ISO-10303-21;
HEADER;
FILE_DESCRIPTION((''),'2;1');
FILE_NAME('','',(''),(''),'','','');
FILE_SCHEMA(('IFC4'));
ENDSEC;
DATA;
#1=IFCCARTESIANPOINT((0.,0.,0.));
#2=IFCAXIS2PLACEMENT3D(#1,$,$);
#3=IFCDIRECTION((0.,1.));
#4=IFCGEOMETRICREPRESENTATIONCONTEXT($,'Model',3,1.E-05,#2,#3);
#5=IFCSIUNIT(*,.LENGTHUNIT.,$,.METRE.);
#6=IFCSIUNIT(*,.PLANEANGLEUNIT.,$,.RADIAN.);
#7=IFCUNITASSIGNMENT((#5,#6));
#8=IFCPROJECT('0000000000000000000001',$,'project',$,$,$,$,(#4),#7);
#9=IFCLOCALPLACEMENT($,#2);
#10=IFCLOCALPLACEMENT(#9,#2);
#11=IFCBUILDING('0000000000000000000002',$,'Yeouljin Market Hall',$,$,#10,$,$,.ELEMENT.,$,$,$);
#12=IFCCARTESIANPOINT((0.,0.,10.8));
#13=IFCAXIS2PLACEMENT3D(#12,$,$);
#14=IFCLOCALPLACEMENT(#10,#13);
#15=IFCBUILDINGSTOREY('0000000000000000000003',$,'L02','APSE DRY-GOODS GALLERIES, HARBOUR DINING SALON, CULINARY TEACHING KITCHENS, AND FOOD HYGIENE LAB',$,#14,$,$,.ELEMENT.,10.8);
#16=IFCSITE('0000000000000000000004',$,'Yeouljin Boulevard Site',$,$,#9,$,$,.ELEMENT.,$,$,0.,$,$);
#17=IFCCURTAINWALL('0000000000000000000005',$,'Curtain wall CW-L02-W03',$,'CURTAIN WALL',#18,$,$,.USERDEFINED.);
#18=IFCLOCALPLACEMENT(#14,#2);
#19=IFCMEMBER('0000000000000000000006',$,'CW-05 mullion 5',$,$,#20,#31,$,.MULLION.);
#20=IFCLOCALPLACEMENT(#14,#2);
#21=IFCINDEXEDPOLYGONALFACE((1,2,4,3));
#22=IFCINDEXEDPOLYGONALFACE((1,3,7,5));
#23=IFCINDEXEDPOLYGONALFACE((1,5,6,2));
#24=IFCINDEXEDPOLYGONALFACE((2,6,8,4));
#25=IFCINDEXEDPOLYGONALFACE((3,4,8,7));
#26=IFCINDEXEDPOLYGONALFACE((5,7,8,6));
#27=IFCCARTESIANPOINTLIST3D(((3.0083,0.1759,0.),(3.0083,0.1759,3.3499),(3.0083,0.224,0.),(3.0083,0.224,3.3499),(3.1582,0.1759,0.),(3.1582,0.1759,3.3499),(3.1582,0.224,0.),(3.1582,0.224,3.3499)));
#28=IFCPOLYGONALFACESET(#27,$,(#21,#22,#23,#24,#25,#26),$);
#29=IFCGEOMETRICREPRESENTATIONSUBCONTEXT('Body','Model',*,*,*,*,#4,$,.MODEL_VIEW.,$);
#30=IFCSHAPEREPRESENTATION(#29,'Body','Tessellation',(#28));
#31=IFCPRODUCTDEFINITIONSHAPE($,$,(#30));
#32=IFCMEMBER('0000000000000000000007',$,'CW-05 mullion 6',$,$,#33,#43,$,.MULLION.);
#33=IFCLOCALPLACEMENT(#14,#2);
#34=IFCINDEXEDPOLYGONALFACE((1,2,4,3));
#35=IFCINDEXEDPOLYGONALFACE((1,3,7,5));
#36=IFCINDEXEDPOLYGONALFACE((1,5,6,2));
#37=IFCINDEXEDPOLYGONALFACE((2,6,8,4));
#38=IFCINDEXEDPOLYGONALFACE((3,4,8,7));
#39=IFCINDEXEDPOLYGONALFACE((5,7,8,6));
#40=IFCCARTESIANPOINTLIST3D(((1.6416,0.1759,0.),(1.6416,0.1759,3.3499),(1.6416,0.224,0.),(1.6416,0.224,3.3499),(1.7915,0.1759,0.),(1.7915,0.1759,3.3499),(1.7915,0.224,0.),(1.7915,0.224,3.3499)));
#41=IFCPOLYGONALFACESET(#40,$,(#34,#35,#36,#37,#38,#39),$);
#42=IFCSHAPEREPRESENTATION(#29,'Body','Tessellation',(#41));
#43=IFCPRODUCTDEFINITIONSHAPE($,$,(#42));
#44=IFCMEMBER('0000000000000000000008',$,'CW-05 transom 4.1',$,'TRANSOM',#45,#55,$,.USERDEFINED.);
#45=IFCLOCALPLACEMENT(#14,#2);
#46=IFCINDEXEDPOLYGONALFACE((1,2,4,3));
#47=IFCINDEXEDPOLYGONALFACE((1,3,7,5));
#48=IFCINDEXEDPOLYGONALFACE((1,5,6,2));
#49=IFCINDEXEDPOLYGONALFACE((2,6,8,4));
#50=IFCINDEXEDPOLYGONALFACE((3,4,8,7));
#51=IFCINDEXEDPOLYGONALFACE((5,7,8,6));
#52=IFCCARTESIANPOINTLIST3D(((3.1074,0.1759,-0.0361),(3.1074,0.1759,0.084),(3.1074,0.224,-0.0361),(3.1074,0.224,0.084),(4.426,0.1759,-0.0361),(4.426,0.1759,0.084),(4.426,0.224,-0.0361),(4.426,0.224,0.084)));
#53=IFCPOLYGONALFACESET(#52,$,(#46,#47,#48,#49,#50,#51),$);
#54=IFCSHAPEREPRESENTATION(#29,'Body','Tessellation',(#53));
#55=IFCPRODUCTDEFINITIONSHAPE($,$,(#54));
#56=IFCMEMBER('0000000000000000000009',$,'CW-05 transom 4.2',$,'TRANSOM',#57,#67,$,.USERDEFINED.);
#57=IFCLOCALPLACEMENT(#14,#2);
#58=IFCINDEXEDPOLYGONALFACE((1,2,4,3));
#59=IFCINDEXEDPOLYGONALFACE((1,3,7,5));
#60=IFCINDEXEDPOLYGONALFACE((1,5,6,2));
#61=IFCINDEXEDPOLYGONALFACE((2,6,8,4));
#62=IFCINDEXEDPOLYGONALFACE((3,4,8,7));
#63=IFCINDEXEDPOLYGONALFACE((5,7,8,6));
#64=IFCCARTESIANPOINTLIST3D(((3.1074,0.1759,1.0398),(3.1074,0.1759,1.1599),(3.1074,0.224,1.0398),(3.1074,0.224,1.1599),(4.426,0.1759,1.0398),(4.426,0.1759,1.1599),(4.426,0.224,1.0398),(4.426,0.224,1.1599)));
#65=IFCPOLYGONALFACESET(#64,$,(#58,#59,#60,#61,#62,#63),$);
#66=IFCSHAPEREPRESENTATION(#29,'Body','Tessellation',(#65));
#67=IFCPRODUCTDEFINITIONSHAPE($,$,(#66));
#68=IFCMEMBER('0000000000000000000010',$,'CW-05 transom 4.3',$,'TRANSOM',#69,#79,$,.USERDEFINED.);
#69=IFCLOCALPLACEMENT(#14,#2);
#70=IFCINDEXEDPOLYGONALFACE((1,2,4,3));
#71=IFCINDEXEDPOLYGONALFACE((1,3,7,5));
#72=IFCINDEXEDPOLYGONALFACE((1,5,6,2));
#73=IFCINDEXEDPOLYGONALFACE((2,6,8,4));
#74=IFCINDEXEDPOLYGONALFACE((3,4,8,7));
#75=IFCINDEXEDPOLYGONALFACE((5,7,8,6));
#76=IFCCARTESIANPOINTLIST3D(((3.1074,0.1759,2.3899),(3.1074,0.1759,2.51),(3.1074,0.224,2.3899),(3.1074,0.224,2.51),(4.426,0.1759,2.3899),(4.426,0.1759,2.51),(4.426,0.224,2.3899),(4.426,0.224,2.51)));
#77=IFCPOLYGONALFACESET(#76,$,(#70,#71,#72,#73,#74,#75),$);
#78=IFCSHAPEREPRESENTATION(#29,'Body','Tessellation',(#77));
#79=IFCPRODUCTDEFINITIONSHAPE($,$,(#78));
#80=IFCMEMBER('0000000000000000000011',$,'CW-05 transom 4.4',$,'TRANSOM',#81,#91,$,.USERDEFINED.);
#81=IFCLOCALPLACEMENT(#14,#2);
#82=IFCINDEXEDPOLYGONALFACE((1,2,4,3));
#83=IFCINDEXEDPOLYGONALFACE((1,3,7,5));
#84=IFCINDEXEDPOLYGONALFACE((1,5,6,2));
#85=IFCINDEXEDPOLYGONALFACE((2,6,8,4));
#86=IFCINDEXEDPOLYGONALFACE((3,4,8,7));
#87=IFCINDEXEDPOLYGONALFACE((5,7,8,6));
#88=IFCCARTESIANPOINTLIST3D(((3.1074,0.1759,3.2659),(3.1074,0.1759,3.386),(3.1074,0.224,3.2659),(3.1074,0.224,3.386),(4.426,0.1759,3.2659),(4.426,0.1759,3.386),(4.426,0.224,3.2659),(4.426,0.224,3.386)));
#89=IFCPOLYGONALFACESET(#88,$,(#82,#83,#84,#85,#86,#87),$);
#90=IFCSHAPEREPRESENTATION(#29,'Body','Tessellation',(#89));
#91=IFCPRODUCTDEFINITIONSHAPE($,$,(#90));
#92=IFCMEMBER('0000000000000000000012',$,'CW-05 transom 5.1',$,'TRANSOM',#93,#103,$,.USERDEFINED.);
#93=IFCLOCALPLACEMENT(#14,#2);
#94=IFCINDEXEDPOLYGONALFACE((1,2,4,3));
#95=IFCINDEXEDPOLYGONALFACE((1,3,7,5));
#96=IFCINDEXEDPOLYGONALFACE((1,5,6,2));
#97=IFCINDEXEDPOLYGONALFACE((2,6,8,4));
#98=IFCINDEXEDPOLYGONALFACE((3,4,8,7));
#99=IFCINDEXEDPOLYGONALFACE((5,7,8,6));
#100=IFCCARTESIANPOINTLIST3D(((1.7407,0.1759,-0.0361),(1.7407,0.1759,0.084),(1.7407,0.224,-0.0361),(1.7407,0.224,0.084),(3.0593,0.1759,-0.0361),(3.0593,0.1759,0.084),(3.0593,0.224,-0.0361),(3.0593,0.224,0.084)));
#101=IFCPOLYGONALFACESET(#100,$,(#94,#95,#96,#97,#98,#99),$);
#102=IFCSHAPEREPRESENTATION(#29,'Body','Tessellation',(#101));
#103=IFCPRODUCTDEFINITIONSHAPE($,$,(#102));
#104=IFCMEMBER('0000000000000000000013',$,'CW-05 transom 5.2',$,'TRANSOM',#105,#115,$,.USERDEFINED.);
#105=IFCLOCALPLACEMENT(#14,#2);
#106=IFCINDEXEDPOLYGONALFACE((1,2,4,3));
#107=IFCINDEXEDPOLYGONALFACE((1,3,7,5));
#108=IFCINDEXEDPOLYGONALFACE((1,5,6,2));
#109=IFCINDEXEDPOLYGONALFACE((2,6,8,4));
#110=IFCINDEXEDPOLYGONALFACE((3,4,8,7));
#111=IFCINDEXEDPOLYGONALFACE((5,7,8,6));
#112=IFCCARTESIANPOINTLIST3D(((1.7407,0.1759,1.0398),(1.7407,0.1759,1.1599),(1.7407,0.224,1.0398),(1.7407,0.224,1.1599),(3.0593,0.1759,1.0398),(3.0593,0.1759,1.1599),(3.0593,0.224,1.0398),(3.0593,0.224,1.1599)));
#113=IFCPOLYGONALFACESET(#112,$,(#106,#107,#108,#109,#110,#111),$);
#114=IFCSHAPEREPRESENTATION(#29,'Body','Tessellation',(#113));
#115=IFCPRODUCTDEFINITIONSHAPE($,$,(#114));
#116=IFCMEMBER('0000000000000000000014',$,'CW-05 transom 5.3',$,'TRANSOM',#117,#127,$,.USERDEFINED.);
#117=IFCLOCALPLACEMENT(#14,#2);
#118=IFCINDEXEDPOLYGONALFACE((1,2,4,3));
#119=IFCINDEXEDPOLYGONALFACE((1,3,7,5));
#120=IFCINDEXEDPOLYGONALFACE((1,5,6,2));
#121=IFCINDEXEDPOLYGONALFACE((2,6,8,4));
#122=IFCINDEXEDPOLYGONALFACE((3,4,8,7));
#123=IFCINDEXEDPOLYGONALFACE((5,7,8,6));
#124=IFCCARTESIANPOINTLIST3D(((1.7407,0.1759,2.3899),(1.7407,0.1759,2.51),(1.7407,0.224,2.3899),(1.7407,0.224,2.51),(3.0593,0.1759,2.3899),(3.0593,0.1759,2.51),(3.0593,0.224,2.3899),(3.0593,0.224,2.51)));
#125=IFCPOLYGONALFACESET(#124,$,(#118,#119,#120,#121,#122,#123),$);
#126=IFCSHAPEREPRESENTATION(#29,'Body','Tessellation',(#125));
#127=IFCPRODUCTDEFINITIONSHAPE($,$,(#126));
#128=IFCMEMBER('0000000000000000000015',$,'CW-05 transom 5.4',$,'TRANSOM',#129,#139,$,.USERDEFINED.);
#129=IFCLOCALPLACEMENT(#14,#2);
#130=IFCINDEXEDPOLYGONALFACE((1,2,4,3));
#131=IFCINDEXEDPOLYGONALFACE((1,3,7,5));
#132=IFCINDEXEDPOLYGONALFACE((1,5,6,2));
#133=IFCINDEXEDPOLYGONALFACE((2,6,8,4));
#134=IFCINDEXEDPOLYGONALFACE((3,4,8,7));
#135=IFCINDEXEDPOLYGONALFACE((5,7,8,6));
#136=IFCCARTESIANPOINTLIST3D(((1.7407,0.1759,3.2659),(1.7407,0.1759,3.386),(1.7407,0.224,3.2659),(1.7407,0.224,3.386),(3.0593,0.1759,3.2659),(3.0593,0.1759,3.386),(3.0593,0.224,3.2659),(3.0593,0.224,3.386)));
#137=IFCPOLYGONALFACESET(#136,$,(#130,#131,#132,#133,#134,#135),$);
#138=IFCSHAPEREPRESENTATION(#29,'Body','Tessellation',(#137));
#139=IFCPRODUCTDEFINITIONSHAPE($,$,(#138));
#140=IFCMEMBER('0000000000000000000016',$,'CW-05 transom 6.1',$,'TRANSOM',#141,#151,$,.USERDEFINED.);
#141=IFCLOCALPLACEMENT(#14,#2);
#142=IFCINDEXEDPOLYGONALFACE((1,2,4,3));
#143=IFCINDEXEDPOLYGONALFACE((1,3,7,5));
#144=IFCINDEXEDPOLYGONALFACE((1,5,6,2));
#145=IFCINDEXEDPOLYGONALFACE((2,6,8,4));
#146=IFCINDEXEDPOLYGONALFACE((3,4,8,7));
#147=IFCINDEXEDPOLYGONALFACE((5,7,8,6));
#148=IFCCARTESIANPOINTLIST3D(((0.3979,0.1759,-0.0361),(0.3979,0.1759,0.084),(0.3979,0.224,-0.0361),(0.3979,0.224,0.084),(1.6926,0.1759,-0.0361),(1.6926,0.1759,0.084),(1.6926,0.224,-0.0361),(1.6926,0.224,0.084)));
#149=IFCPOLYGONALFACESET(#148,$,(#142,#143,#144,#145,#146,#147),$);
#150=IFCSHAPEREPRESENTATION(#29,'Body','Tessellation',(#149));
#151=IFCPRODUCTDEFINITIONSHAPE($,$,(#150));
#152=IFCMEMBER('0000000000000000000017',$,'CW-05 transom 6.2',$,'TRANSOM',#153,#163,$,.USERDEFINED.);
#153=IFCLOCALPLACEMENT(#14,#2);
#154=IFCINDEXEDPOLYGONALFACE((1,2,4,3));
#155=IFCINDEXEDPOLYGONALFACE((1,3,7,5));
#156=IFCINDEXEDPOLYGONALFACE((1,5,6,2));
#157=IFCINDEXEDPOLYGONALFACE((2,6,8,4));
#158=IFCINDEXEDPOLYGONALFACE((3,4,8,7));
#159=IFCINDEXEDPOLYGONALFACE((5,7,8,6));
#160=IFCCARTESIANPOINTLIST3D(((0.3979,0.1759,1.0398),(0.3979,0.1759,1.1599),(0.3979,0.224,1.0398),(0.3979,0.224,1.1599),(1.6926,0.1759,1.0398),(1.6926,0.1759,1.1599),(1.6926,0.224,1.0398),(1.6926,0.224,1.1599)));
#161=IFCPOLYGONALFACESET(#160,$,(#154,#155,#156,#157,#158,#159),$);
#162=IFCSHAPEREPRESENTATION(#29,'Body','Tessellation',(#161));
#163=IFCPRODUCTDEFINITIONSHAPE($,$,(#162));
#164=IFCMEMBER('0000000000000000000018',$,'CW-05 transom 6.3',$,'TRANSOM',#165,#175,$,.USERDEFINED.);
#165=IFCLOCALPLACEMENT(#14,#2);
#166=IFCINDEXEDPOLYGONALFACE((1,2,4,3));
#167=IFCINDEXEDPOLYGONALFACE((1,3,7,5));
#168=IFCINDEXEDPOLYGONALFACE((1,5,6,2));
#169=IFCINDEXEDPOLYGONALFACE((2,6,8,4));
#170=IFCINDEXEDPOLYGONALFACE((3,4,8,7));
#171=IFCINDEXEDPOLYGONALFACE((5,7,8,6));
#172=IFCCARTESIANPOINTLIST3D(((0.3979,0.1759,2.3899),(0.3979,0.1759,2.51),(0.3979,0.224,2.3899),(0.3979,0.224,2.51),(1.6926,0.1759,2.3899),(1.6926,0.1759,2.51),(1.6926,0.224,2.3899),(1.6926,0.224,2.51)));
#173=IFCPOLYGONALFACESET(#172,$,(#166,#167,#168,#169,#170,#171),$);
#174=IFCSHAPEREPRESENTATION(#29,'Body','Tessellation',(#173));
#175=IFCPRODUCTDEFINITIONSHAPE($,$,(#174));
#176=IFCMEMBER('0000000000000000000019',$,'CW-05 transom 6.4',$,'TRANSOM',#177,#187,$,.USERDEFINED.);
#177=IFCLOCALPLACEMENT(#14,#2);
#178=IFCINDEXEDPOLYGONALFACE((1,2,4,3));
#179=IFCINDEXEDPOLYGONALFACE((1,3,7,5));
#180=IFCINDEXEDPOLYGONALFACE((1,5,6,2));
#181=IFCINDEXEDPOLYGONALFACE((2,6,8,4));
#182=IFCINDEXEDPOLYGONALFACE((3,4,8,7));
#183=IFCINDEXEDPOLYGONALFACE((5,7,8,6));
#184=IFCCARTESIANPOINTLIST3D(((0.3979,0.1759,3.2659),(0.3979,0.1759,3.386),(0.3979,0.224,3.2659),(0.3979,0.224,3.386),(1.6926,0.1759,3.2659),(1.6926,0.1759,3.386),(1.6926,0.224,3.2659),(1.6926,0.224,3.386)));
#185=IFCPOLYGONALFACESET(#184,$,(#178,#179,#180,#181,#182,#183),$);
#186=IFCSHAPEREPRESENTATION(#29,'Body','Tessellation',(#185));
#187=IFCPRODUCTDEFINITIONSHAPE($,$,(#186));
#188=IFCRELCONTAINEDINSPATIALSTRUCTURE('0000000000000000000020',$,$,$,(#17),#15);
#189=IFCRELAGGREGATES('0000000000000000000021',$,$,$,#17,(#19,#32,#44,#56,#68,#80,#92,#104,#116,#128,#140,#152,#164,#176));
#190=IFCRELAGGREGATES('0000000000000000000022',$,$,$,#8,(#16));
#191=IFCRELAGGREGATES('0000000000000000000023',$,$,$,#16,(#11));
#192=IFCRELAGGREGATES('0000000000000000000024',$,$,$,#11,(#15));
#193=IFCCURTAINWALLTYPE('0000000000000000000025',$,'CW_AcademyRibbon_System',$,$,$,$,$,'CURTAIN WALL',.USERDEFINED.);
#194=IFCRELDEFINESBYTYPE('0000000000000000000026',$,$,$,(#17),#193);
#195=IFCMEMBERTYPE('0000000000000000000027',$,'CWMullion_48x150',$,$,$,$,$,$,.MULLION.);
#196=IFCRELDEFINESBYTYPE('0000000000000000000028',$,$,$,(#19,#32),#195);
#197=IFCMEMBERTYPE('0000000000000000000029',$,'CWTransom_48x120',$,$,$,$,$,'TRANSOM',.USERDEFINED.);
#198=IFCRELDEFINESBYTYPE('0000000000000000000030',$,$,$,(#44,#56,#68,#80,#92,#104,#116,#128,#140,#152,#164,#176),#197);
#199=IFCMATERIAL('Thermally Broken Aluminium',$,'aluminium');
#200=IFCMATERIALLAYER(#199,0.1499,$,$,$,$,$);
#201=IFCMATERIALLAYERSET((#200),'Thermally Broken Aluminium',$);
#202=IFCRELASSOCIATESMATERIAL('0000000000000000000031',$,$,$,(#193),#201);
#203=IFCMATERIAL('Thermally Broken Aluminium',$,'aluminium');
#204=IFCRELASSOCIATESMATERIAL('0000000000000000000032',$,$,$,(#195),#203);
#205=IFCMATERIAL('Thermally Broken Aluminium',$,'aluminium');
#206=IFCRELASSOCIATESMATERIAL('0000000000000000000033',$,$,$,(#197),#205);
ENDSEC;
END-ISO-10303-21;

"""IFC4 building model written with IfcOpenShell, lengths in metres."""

from ifc_helpers import new_model, si_unit, direction, frame, origin, origin_2d, place, context, subcontext, project, spatial, rectangle, extrude, material, layer, layer_set, material_profile, profile_set, type_object, element, aggregate, save


model = new_model("IFC4")

# Units and contexts
model_context = context("Model", 3, precision=1e-05, world=origin(), true_north=direction((0.0, 1.0)))
body_context = subcontext(model_context, "Body", "Model", "MODEL_VIEW")
ifc_project = project(units=[si_unit("LENGTHUNIT", "METRE"), si_unit("PLANEANGLEUNIT", "RADIAN")], contexts=[model_context])

# Site, building, storey
site_placement = place(None, origin())
site = spatial("IfcSite", under=ifc_project, at=site_placement, Name="Yeouljin Boulevard Site", CompositionType="ELEMENT", RefElevation=0.0)
building_placement = place(site_placement, origin())
building = spatial("IfcBuilding", under=site, at=building_placement, Name="Yeouljin Market Hall", CompositionType="ELEMENT")
storey_placement = place(building_placement, frame((0.0, 0.0, 10.8)))
storey = spatial("IfcBuildingStorey", under=building, at=storey_placement, Name="L02", Description="APSE DRY-GOODS GALLERIES, HARBOUR DINING SALON, CULINARY TEACHING KITCHENS, AND FOOD HYGIENE LAB", CompositionType="ELEMENT", Elevation=10.8)

# Curtain wall, members
ifc_material_1 = material(Name="Thermally Broken Aluminium", Category="aluminium")
ifc_layer_1 = layer(ifc_material_1, 0.1499)
ifc_layer_set_1 = layer_set([ifc_layer_1], Name="Thermally Broken Aluminium")
curtain_wall_type = type_object("IfcCurtainWallType", Name="CW_AcademyRibbon_System", ElementType="CURTAIN WALL", PredefinedType="USERDEFINED", material=ifc_layer_set_1)
curtain_wall_placement = place(storey_placement, origin())
curtain_wall = element("IfcCurtainWall", 1, at=curtain_wall_placement, inside=storey, type_object=curtain_wall_type, Name="Curtain wall CW-L02-W03", ObjectType="CURTAIN WALL", PredefinedType="USERDEFINED")
ifc_material_2 = material(Name="Thermally Broken Aluminium", Category="aluminium")
ifc_material_profile_1 = material_profile(ifc_material_2, rectangle(XDim=0.0481, YDim=0.1499, at=origin_2d()), Name="CW-MULL-48x150")
ifc_profile_set_1 = profile_set([ifc_material_profile_1], Name="Thermally Broken Aluminium")
member_type_1 = type_object("IfcMemberType", Name="CWMullion_48x150", PredefinedType="MULLION", material=ifc_profile_set_1)
member_1_placement = place(storey_placement, frame((3.0833, 0.2, 0.0), z_axis=(0.0, 0.0, 1.0), x_axis=(0.0, -1.0, 0.0)))
member_1 = element("IfcMember", 2, at=member_1_placement, type_object=member_type_1, Name="CW-05 mullion 5", PredefinedType="MULLION", context=body_context, shape_type="SweptSolid", body=[
    extrude(rectangle(XDim=0.0481, YDim=0.1499, at=origin_2d()), origin(), (0.0, 0.0, 1.0), 3.3499),
])
member_2_placement = place(storey_placement, frame((1.7166, 0.2, 0.0), z_axis=(0.0, 0.0, 1.0), x_axis=(0.0, -1.0, 0.0)))
member_2 = element("IfcMember", 3, at=member_2_placement, type_object=member_type_1, Name="CW-05 mullion 6", PredefinedType="MULLION", context=body_context, shape_type="SweptSolid", body=[
    extrude(rectangle(XDim=0.0481, YDim=0.1499, at=origin_2d()), origin(), (0.0, 0.0, 1.0), 3.3499),
])
ifc_material_3 = material(Name="Thermally Broken Aluminium", Category="aluminium")
ifc_material_profile_2 = material_profile(ifc_material_3, rectangle(XDim=0.0481, YDim=0.1201, at=origin_2d()), Name="CW-TRAN-48x120")
ifc_profile_set_2 = profile_set([ifc_material_profile_2], Name="Thermally Broken Aluminium")
member_type_2 = type_object("IfcMemberType", Name="CWTransom_48x120", ElementType="TRANSOM", PredefinedType="USERDEFINED", material=ifc_profile_set_2)
member_3_placement = place(storey_placement, frame((4.426, 0.2, 0.0239), z_axis=(-1.0, 0.0, 0.0), x_axis=(0.0, -1.0, 0.0)))
member_3 = element("IfcMember", 4, at=member_3_placement, type_object=member_type_2, Name="CW-05 transom 4.1", ObjectType="TRANSOM", PredefinedType="USERDEFINED", context=body_context, shape_type="SweptSolid", body=[
    extrude(rectangle(XDim=0.0481, YDim=0.1201, at=origin_2d()), origin(), (0.0, 0.0, 1.0), 1.3186),
])
member_4_placement = place(storey_placement, frame((4.426, 0.2, 1.0999), z_axis=(-1.0, 0.0, 0.0), x_axis=(0.0, -1.0, 0.0)))
member_4 = element("IfcMember", 5, at=member_4_placement, type_object=member_type_2, Name="CW-05 transom 4.2", ObjectType="TRANSOM", PredefinedType="USERDEFINED", context=body_context, shape_type="SweptSolid", body=[
    extrude(rectangle(XDim=0.0481, YDim=0.1201, at=origin_2d()), origin(), (0.0, 0.0, 1.0), 1.3186),
])
member_5_placement = place(storey_placement, frame((4.426, 0.2, 2.45), z_axis=(-1.0, 0.0, 0.0), x_axis=(0.0, -1.0, 0.0)))
member_5 = element("IfcMember", 6, at=member_5_placement, type_object=member_type_2, Name="CW-05 transom 4.3", ObjectType="TRANSOM", PredefinedType="USERDEFINED", context=body_context, shape_type="SweptSolid", body=[
    extrude(rectangle(XDim=0.0481, YDim=0.1201, at=origin_2d()), origin(), (0.0, 0.0, 1.0), 1.3186),
])
member_6_placement = place(storey_placement, frame((4.426, 0.2, 3.3259), z_axis=(-1.0, 0.0, 0.0), x_axis=(0.0, -1.0, 0.0)))
member_6 = element("IfcMember", 7, at=member_6_placement, type_object=member_type_2, Name="CW-05 transom 4.4", ObjectType="TRANSOM", PredefinedType="USERDEFINED", context=body_context, shape_type="SweptSolid", body=[
    extrude(rectangle(XDim=0.0481, YDim=0.1201, at=origin_2d()), origin(), (0.0, 0.0, 1.0), 1.3186),
])
member_7_placement = place(storey_placement, frame((3.0593, 0.2, 0.0239), z_axis=(-1.0, 0.0, 0.0), x_axis=(0.0, -1.0, 0.0)))
member_7 = element("IfcMember", 8, at=member_7_placement, type_object=member_type_2, Name="CW-05 transom 5.1", ObjectType="TRANSOM", PredefinedType="USERDEFINED", context=body_context, shape_type="SweptSolid", body=[
    extrude(rectangle(XDim=0.0481, YDim=0.1201, at=origin_2d()), origin(), (0.0, 0.0, 1.0), 1.3186),
])
member_8_placement = place(storey_placement, frame((3.0593, 0.2, 1.0999), z_axis=(-1.0, 0.0, 0.0), x_axis=(0.0, -1.0, 0.0)))
member_8 = element("IfcMember", 9, at=member_8_placement, type_object=member_type_2, Name="CW-05 transom 5.2", ObjectType="TRANSOM", PredefinedType="USERDEFINED", context=body_context, shape_type="SweptSolid", body=[
    extrude(rectangle(XDim=0.0481, YDim=0.1201, at=origin_2d()), origin(), (0.0, 0.0, 1.0), 1.3186),
])
member_9_placement = place(storey_placement, frame((3.0593, 0.2, 2.45), z_axis=(-1.0, 0.0, 0.0), x_axis=(0.0, -1.0, 0.0)))
member_9 = element("IfcMember", 10, at=member_9_placement, type_object=member_type_2, Name="CW-05 transom 5.3", ObjectType="TRANSOM", PredefinedType="USERDEFINED", context=body_context, shape_type="SweptSolid", body=[
    extrude(rectangle(XDim=0.0481, YDim=0.1201, at=origin_2d()), origin(), (0.0, 0.0, 1.0), 1.3186),
])
member_10_placement = place(storey_placement, frame((3.0593, 0.2, 3.3259), z_axis=(-1.0, 0.0, 0.0), x_axis=(0.0, -1.0, 0.0)))
member_10 = element("IfcMember", 11, at=member_10_placement, type_object=member_type_2, Name="CW-05 transom 5.4", ObjectType="TRANSOM", PredefinedType="USERDEFINED", context=body_context, shape_type="SweptSolid", body=[
    extrude(rectangle(XDim=0.0481, YDim=0.1201, at=origin_2d()), origin(), (0.0, 0.0, 1.0), 1.3186),
])
member_11_placement = place(storey_placement, frame((1.6926, 0.2, 0.0239), z_axis=(-1.0, 0.0, 0.0), x_axis=(0.0, -1.0, 0.0)))
member_11 = element("IfcMember", 12, at=member_11_placement, type_object=member_type_2, Name="CW-05 transom 6.1", ObjectType="TRANSOM", PredefinedType="USERDEFINED", context=body_context, shape_type="SweptSolid", body=[
    extrude(rectangle(XDim=0.0481, YDim=0.1201, at=origin_2d()), origin(), (0.0, 0.0, 1.0), 1.2947),
])
member_12_placement = place(storey_placement, frame((1.6926, 0.2, 1.0999), z_axis=(-1.0, 0.0, 0.0), x_axis=(0.0, -1.0, 0.0)))
member_12 = element("IfcMember", 13, at=member_12_placement, type_object=member_type_2, Name="CW-05 transom 6.2", ObjectType="TRANSOM", PredefinedType="USERDEFINED", context=body_context, shape_type="SweptSolid", body=[
    extrude(rectangle(XDim=0.0481, YDim=0.1201, at=origin_2d()), origin(), (0.0, 0.0, 1.0), 1.2947),
])
member_13_placement = place(storey_placement, frame((1.6926, 0.2, 2.45), z_axis=(-1.0, 0.0, 0.0), x_axis=(0.0, -1.0, 0.0)))
member_13 = element("IfcMember", 14, at=member_13_placement, type_object=member_type_2, Name="CW-05 transom 6.3", ObjectType="TRANSOM", PredefinedType="USERDEFINED", context=body_context, shape_type="SweptSolid", body=[
    extrude(rectangle(XDim=0.0481, YDim=0.1201, at=origin_2d()), origin(), (0.0, 0.0, 1.0), 1.2947),
])
member_14_placement = place(storey_placement, frame((1.6926, 0.2, 3.3259), z_axis=(-1.0, 0.0, 0.0), x_axis=(0.0, -1.0, 0.0)))
member_14 = element("IfcMember", 15, at=member_14_placement, type_object=member_type_2, Name="CW-05 transom 6.4", ObjectType="TRANSOM", PredefinedType="USERDEFINED", context=body_context, shape_type="SweptSolid", body=[
    extrude(rectangle(XDim=0.0481, YDim=0.1201, at=origin_2d()), origin(), (0.0, 0.0, 1.0), 1.2947),
])
aggregate(curtain_wall, [member_1, member_2, member_3, member_4, member_5, member_6, member_7, member_8, member_9, member_10, member_11, member_12, member_13, member_14])

save(model, "model.ifc")
